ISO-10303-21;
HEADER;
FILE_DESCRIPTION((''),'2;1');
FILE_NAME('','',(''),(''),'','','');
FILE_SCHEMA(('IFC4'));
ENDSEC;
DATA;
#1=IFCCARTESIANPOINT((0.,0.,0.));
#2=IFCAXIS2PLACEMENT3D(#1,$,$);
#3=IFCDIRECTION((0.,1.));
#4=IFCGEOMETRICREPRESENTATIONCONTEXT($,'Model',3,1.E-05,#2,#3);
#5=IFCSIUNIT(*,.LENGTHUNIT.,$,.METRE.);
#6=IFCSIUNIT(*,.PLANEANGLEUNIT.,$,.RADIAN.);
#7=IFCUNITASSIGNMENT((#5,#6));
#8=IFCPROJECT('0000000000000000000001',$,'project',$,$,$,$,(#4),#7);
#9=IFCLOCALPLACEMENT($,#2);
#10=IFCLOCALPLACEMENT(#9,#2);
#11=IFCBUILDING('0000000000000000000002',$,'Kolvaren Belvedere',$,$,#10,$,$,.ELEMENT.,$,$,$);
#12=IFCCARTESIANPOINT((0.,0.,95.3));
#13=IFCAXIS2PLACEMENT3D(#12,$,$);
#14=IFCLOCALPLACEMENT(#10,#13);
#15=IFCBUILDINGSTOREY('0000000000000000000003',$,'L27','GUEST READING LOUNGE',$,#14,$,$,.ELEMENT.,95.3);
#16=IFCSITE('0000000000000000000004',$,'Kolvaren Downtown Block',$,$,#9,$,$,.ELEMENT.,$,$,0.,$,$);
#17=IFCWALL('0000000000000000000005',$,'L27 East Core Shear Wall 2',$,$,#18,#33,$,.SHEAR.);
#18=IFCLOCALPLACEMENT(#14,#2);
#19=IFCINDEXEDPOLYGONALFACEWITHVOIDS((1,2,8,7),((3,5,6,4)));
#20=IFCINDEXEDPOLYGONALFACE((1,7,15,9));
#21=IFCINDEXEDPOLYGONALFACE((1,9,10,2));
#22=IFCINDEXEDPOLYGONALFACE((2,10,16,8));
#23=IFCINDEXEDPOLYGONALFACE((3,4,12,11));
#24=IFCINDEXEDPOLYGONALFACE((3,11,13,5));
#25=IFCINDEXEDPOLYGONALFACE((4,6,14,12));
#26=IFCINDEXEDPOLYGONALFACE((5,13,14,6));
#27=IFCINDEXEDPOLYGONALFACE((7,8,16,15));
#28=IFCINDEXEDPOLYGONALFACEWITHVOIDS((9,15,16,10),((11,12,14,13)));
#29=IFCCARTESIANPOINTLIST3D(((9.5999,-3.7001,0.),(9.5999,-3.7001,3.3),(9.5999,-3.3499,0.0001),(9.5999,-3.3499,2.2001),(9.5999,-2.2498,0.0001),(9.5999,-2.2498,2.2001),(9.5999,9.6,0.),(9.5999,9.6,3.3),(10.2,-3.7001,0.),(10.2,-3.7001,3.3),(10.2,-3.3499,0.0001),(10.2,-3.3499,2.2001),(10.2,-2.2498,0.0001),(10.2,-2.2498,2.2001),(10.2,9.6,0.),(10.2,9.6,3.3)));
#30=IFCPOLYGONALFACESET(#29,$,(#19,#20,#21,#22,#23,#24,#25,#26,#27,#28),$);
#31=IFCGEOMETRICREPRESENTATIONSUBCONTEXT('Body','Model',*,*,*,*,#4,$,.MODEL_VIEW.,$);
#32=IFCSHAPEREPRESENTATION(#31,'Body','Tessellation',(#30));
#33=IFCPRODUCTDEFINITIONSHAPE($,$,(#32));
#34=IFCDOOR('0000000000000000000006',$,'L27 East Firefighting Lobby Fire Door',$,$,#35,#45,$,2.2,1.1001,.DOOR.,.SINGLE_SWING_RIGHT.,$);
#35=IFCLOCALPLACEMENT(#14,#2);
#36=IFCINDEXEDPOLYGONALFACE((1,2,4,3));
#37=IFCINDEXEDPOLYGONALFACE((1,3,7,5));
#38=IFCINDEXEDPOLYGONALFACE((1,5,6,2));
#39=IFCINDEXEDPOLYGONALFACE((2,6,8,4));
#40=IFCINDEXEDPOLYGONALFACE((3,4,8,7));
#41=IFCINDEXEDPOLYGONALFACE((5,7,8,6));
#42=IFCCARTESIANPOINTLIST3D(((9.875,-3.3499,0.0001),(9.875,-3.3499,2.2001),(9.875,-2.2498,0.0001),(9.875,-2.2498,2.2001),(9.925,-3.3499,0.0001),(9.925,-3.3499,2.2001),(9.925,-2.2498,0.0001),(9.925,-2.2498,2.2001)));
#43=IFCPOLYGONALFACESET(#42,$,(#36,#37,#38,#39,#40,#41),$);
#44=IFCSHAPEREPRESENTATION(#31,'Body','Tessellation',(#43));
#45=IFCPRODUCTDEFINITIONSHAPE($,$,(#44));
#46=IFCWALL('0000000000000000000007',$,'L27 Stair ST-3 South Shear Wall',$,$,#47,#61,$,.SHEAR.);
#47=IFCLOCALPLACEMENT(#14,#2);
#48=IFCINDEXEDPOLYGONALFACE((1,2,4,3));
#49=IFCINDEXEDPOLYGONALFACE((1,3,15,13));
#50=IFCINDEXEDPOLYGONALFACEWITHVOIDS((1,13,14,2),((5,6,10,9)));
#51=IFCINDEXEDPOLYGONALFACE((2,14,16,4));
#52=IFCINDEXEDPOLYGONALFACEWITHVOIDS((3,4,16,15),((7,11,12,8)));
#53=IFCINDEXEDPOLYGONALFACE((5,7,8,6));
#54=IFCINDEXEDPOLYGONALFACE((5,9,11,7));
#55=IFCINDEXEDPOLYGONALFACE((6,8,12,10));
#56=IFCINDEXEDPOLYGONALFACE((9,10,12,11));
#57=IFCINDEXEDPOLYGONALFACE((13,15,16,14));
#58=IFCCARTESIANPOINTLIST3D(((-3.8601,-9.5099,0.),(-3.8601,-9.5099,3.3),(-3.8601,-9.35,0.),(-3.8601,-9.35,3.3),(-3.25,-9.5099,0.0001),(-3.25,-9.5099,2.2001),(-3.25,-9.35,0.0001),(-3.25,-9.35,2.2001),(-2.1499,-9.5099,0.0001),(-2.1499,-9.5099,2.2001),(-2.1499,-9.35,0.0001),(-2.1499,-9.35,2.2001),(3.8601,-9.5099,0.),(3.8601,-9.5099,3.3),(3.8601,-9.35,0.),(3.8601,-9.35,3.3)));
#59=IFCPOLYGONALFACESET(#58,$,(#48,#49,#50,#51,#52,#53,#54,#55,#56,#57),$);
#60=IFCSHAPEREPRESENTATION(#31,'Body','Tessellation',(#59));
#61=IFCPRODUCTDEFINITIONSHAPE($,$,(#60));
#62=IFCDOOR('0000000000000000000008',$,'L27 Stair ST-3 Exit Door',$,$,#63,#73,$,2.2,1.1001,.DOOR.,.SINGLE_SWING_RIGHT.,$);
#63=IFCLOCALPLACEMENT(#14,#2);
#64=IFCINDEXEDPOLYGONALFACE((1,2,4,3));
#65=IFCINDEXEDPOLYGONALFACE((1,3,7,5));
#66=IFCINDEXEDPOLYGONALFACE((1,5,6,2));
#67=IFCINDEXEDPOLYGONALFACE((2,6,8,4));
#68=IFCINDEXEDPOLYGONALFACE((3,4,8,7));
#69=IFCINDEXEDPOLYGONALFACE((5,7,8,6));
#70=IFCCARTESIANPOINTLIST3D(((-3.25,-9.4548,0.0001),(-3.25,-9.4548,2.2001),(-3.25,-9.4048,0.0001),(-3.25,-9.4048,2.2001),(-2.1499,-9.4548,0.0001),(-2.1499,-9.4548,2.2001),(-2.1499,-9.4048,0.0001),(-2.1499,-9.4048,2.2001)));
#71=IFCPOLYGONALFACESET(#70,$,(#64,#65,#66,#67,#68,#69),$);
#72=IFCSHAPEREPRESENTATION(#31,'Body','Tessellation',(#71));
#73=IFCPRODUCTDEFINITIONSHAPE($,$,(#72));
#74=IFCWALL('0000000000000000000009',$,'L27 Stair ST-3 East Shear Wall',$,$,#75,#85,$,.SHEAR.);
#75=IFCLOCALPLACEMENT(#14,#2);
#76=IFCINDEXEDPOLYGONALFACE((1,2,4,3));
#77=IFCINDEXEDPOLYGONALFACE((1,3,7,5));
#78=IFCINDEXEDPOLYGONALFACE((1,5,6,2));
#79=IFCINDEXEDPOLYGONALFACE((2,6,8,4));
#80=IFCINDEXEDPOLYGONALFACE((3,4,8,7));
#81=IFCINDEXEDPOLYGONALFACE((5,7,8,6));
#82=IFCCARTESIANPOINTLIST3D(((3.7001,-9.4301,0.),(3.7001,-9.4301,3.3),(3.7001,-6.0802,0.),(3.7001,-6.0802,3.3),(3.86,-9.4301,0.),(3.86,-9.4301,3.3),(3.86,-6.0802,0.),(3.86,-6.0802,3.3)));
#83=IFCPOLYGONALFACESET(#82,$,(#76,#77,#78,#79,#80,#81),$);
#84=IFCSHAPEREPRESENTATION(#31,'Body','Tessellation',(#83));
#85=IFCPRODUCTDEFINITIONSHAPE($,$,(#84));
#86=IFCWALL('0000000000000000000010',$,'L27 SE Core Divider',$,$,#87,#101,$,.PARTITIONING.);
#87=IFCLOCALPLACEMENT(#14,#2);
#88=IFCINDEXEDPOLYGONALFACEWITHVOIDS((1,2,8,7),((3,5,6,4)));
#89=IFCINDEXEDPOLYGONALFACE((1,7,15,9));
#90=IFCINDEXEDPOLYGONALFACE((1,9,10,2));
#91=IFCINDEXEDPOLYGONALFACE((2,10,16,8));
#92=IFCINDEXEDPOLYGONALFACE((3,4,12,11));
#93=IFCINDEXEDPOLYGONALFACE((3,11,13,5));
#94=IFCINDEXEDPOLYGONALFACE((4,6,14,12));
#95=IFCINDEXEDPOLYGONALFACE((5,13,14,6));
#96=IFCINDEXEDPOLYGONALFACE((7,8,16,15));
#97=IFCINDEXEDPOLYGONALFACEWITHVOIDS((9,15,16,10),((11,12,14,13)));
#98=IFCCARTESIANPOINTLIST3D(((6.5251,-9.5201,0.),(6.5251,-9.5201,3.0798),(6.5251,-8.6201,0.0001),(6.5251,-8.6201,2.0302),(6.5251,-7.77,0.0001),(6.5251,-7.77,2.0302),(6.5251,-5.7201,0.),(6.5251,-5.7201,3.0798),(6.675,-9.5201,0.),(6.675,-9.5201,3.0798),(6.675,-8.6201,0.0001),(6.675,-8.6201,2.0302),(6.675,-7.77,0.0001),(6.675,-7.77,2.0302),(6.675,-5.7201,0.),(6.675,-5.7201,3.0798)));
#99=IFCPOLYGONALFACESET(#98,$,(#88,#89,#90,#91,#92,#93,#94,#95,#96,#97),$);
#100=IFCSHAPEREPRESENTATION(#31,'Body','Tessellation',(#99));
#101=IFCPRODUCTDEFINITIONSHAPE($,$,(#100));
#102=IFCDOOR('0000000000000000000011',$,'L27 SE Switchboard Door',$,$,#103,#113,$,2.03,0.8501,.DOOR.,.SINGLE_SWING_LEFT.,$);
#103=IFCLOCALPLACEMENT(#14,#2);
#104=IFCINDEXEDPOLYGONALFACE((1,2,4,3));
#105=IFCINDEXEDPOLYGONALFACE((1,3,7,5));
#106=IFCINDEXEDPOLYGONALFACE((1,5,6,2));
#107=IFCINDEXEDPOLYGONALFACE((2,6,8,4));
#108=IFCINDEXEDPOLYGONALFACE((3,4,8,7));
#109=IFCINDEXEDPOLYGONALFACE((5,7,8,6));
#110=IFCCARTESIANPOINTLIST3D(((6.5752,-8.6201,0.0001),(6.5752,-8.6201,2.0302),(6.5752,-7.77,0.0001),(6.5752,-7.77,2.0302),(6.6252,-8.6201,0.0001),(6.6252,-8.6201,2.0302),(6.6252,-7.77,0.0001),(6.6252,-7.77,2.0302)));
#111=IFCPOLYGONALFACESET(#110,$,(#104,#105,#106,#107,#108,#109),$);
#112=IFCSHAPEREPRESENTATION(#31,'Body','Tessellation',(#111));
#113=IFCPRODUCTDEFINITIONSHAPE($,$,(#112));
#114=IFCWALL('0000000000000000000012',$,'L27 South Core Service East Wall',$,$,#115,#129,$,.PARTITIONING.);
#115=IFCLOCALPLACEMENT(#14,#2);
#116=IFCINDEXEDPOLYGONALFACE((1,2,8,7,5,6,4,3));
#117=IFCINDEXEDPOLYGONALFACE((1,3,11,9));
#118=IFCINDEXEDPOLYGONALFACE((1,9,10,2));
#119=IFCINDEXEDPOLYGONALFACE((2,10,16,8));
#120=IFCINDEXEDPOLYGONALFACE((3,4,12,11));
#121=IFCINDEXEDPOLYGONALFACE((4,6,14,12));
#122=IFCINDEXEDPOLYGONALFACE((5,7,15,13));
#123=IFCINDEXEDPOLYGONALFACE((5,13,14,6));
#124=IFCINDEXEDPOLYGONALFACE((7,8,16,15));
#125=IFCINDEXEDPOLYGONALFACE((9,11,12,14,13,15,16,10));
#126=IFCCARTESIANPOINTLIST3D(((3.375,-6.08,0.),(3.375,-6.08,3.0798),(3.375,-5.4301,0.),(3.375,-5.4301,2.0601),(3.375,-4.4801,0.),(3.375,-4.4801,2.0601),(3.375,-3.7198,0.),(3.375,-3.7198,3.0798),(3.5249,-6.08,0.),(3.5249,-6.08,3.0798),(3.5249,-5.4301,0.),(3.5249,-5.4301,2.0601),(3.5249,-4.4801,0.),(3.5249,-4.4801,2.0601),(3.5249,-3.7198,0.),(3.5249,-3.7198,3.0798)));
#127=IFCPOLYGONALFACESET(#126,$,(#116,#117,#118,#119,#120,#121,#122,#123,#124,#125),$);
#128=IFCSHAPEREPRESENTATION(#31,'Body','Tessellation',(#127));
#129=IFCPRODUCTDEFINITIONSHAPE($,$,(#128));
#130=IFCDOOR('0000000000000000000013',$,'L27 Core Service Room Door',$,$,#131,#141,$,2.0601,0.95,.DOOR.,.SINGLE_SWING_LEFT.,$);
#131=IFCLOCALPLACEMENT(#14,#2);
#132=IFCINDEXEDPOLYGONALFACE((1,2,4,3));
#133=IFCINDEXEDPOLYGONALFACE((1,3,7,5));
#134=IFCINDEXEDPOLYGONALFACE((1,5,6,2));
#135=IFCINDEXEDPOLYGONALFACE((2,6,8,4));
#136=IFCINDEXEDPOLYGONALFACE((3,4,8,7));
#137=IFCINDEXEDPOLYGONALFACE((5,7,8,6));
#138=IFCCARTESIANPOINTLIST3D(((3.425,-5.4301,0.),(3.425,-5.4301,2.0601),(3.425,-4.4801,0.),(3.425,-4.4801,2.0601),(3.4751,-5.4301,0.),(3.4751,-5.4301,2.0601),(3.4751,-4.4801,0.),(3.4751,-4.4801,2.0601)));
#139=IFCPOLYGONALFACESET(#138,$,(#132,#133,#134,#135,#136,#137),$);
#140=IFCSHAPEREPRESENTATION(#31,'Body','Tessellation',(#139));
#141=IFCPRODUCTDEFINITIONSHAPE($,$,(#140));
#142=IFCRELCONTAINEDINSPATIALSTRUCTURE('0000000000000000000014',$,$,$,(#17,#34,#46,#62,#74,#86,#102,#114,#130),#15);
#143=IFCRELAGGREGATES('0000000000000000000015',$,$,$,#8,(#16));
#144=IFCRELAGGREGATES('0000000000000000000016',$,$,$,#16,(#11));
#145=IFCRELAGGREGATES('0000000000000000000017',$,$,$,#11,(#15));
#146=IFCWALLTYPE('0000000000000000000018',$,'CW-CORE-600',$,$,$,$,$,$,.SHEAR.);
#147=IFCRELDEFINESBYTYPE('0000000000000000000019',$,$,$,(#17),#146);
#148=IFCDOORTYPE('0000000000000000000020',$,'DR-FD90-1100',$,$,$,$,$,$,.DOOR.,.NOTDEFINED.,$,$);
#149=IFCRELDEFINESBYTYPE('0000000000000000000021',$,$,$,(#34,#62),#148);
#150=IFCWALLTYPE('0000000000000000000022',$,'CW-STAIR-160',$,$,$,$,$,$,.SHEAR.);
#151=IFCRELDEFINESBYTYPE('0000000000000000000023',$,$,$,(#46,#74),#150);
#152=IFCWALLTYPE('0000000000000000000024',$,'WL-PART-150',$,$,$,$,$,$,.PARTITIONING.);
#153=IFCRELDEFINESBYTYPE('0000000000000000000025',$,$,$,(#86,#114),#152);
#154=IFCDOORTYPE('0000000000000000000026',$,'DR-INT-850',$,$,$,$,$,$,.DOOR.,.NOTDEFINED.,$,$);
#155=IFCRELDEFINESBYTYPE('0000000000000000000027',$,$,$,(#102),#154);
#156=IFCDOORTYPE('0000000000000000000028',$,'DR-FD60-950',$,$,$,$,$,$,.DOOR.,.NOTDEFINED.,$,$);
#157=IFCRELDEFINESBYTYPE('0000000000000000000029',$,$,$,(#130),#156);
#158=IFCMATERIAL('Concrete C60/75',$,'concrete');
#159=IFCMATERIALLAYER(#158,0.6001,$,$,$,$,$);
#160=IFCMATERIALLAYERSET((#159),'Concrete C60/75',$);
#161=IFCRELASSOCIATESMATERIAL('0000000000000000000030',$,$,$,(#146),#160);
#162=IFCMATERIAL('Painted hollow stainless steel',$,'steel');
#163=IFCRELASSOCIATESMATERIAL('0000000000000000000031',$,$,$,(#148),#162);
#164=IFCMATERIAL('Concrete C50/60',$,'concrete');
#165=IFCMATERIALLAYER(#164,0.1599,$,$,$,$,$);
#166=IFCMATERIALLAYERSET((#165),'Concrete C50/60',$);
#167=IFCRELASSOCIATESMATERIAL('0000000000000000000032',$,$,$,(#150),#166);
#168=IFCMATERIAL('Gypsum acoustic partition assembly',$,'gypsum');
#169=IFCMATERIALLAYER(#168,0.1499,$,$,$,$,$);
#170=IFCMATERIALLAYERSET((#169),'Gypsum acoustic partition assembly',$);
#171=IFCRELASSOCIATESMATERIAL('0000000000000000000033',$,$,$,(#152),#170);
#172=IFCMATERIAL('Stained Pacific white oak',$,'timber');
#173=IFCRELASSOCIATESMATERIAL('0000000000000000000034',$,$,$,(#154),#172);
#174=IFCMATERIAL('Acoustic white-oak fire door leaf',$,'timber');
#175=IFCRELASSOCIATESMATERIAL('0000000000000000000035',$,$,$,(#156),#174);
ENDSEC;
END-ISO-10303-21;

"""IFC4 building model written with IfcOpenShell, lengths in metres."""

from ifc_helpers import new_model, si_unit, direction, frame, frame_2d, origin, place, context, subcontext, project, spatial, rectangle, extrude, material, layer, layer_set, type_object, element, fill, save


model = new_model("IFC4")

# Units and contexts
model_context = context("Model", 3, precision=1e-05, world=origin(), true_north=direction((0.0, 1.0)))
body_context = subcontext(model_context, "Body", "Model", "MODEL_VIEW")
ifc_project = project(units=[si_unit("LENGTHUNIT", "METRE"), si_unit("PLANEANGLEUNIT", "RADIAN")], contexts=[model_context])

# Site, building, storey
site_placement = place(None, origin())
site = spatial("IfcSite", under=ifc_project, at=site_placement, Name="Kolvaren Downtown Block", CompositionType="ELEMENT", RefElevation=0.0)
building_placement = place(site_placement, origin())
building = spatial("IfcBuilding", under=site, at=building_placement, Name="Kolvaren Belvedere", CompositionType="ELEMENT")
storey_placement = place(building_placement, frame((0.0, 0.0, 95.3)))
storey = spatial("IfcBuildingStorey", under=building, at=storey_placement, Name="L27", Description="GUEST READING LOUNGE", CompositionType="ELEMENT", Elevation=95.3)

# Shared definitions
ifc_material_1 = material(Name="Concrete C60/75", Category="concrete")
ifc_layer_1 = layer(ifc_material_1, 0.6001)
ifc_layer_set_1 = layer_set([ifc_layer_1], Name="Concrete C60/75")
wall_type_1 = type_object("IfcWallType", Name="CW-CORE-600", PredefinedType="SHEAR", material=ifc_layer_set_1)

# Walls, openings, doors
wall_1_placement = place(storey_placement, frame((9.8999, -3.7, 0.0), z_axis=(0.0, 0.0, 1.0), x_axis=(0.0, 1.0, 0.0)))
wall_1 = element("IfcWall", 1, at=wall_1_placement, inside=storey, type_object=wall_type_1, Name="L27 East Core Shear Wall 2", PredefinedType="SHEAR", context=body_context, shape_type="SweptSolid", body=[
    extrude(rectangle(XDim=13.3, YDim=0.6001, at=frame_2d((6.6499, 0.0))), origin(), (0.0, 0.0, 1.0), 3.3),
])
opening_1_placement = place(wall_1_placement, frame((0.3501, 0.0, 0.0)))
opening_1 = element("IfcOpeningElement", 2, at=opening_1_placement, cuts=wall_1, PredefinedType="OPENING", context=body_context, shape_type="SweptSolid", body=[
    extrude(rectangle(XDim=1.1001, YDim=2.2, at=frame_2d((0.55, 1.1001))), frame((0.0, 0.3101, 0.0), z_axis=(0.0, -1.0, 0.0), x_axis=(1.0, 0.0, 0.0)), (0.0, 0.0, 1.0), 0.6201),
])
ifc_material_2 = material(Name="Painted hollow stainless steel", Category="steel")
door_type_1 = type_object("IfcDoorType", Name="DR-FD90-1100", OperationType="NOTDEFINED", PredefinedType="DOOR", material=ifc_material_2)
door_1_placement = place(opening_1_placement, origin())
door_1 = element("IfcDoor", 3, at=door_1_placement, inside=storey, type_object=door_type_1, Name="L27 East Firefighting Lobby Fire Door", OperationType="SINGLE_SWING_RIGHT", OverallHeight=2.2, OverallWidth=1.1001, PredefinedType="DOOR", context=body_context, shape_type="SweptSolid", body=[
    extrude(rectangle(XDim=1.1001, YDim=2.2, at=frame_2d((0.55, 1.1001))), frame((0.0, 0.0249, 0.0), z_axis=(0.0, -1.0, 0.0), x_axis=(1.0, 0.0, 0.0)), (0.0, 0.0, 1.0), 0.05),
])
fill(opening_1, door_1)
ifc_material_3 = material(Name="Concrete C50/60", Category="concrete")
ifc_layer_2 = layer(ifc_material_3, 0.1599)
ifc_layer_set_2 = layer_set([ifc_layer_2], Name="Concrete C50/60")
wall_type_2 = type_object("IfcWallType", Name="CW-STAIR-160", PredefinedType="SHEAR", material=ifc_layer_set_2)
wall_2_placement = place(storey_placement, frame((3.8601, -9.4299, 0.0), z_axis=(0.0, 0.0, 1.0), x_axis=(-1.0, 0.0, 0.0)))
wall_2 = element("IfcWall", 4, at=wall_2_placement, inside=storey, type_object=wall_type_2, Name="L27 Stair ST-3 South Shear Wall", PredefinedType="SHEAR", context=body_context, shape_type="SweptSolid", body=[
    extrude(rectangle(XDim=7.7202, YDim=0.1599, at=frame_2d((3.8601, 0.0))), origin(), (0.0, 0.0, 1.0), 3.3),
])
opening_2_placement = place(wall_2_placement, frame((6.01, 0.0, 0.0)))
opening_2 = element("IfcOpeningElement", 5, at=opening_2_placement, cuts=wall_2, PredefinedType="OPENING", context=body_context, shape_type="SweptSolid", body=[
    extrude(rectangle(XDim=1.1001, YDim=2.2, at=frame_2d((0.55, 1.1001))), frame((0.0, 0.0898, 0.0), z_axis=(0.0, -1.0, 0.0), x_axis=(1.0, 0.0, 0.0)), (0.0, 0.0, 1.0), 0.1799),
])
door_2_placement = place(opening_2_placement, origin())
door_2 = element("IfcDoor", 6, at=door_2_placement, inside=storey, type_object=door_type_1, Name="L27 Stair ST-3 Exit Door", OperationType="SINGLE_SWING_RIGHT", OverallHeight=2.2, OverallWidth=1.1001, PredefinedType="DOOR", context=body_context, shape_type="SweptSolid", body=[
    extrude(rectangle(XDim=1.1001, YDim=2.2, at=frame_2d((0.55, 1.1001))), frame((0.0, 0.0249, 0.0), z_axis=(0.0, -1.0, 0.0), x_axis=(1.0, 0.0, 0.0)), (0.0, 0.0, 1.0), 0.05),
])
fill(opening_2, door_2)

# Wall
wall_3_placement = place(storey_placement, frame((3.78, -9.4299, 0.0), z_axis=(0.0, 0.0, 1.0), x_axis=(0.0, 1.0, 0.0)))
element("IfcWall", 7, at=wall_3_placement, inside=storey, type_object=wall_type_2, Name="L27 Stair ST-3 East Shear Wall", PredefinedType="SHEAR", context=body_context, shape_type="SweptSolid", body=[
    extrude(rectangle(XDim=3.3499, YDim=0.1599, at=frame_2d((1.6748, 0.0))), origin(), (0.0, 0.0, 1.0), 3.3),
])

# Walls, openings, doors
ifc_material_4 = material(Name="Gypsum acoustic partition assembly", Category="gypsum")
ifc_layer_3 = layer(ifc_material_4, 0.1499)
ifc_layer_set_3 = layer_set([ifc_layer_3], Name="Gypsum acoustic partition assembly")
wall_type_3 = type_object("IfcWallType", Name="WL-PART-150", PredefinedType="PARTITIONING", material=ifc_layer_set_3)
wall_4_placement = place(storey_placement, frame((6.6001, -9.52, 0.0), z_axis=(0.0, 0.0, 1.0), x_axis=(0.0, 1.0, 0.0)))
wall_4 = element("IfcWall", 8, at=wall_4_placement, inside=storey, type_object=wall_type_3, Name="L27 SE Core Divider", PredefinedType="PARTITIONING", context=body_context, shape_type="SweptSolid", body=[
    extrude(rectangle(XDim=3.8, YDim=0.1499, at=frame_2d((1.8999, 0.0))), origin(), (0.0, 0.0, 1.0), 3.0798),
])
opening_3_placement = place(wall_4_placement, frame((0.8999, 0.0, 0.0)))
opening_3 = element("IfcOpeningElement", 9, at=opening_3_placement, cuts=wall_4, PredefinedType="OPENING", context=body_context, shape_type="SweptSolid", body=[
    extrude(rectangle(XDim=0.8501, YDim=2.03, at=frame_2d((0.425, 1.0151))), frame((0.0, 0.085, 0.0), z_axis=(0.0, -1.0, 0.0), x_axis=(1.0, 0.0, 0.0)), (0.0, 0.0, 1.0), 0.1699),
])
ifc_material_5 = material(Name="Stained Pacific white oak", Category="timber")
door_type_2 = type_object("IfcDoorType", Name="DR-INT-850", OperationType="NOTDEFINED", PredefinedType="DOOR", material=ifc_material_5)
door_3_placement = place(opening_3_placement, origin())
door_3 = element("IfcDoor", 10, at=door_3_placement, inside=storey, type_object=door_type_2, Name="L27 SE Switchboard Door", OperationType="SINGLE_SWING_LEFT", OverallHeight=2.03, OverallWidth=0.8501, PredefinedType="DOOR", context=body_context, shape_type="SweptSolid", body=[
    extrude(rectangle(XDim=0.8501, YDim=2.03, at=frame_2d((0.425, 1.0151))), frame((0.0, 0.0249, 0.0), z_axis=(0.0, -1.0, 0.0), x_axis=(1.0, 0.0, 0.0)), (0.0, 0.0, 1.0), 0.05),
])
fill(opening_3, door_3)
wall_5_placement = place(storey_placement, frame((3.45, -6.0801, 0.0), z_axis=(0.0, 0.0, 1.0), x_axis=(0.0, 1.0, 0.0)))
wall_5 = element("IfcWall", 11, at=wall_5_placement, inside=storey, type_object=wall_type_3, Name="L27 South Core Service East Wall", PredefinedType="PARTITIONING", context=body_context, shape_type="SweptSolid", body=[
    extrude(rectangle(XDim=2.3601, YDim=0.1499, at=frame_2d((1.1802, 0.0))), origin(), (0.0, 0.0, 1.0), 3.0798),
])
opening_4_placement = place(wall_5_placement, frame((0.6499, 0.0, 0.0)))
opening_4 = element("IfcOpeningElement", 12, at=opening_4_placement, cuts=wall_5, PredefinedType="OPENING", context=body_context, shape_type="SweptSolid", body=[
    extrude(rectangle(XDim=0.95, YDim=2.0601, at=frame_2d((0.4751, 1.03))), frame((0.0, 0.085, 0.0), z_axis=(0.0, -1.0, 0.0), x_axis=(1.0, 0.0, 0.0)), (0.0, 0.0, 1.0), 0.1699),
])
ifc_material_6 = material(Name="Acoustic white-oak fire door leaf", Category="timber")
door_type_3 = type_object("IfcDoorType", Name="DR-FD60-950", OperationType="NOTDEFINED", PredefinedType="DOOR", material=ifc_material_6)
door_4_placement = place(opening_4_placement, origin())
door_4 = element("IfcDoor", 13, at=door_4_placement, inside=storey, type_object=door_type_3, Name="L27 Core Service Room Door", OperationType="SINGLE_SWING_LEFT", OverallHeight=2.0601, OverallWidth=0.95, PredefinedType="DOOR", context=body_context, shape_type="SweptSolid", body=[
    extrude(rectangle(XDim=0.95, YDim=2.0601, at=frame_2d((0.4751, 1.03))), frame((0.0, 0.0249, 0.0), z_axis=(0.0, -1.0, 0.0), x_axis=(1.0, 0.0, 0.0)), (0.0, 0.0, 1.0), 0.05),
])
fill(opening_4, door_4)

save(model, "model.ifc")
